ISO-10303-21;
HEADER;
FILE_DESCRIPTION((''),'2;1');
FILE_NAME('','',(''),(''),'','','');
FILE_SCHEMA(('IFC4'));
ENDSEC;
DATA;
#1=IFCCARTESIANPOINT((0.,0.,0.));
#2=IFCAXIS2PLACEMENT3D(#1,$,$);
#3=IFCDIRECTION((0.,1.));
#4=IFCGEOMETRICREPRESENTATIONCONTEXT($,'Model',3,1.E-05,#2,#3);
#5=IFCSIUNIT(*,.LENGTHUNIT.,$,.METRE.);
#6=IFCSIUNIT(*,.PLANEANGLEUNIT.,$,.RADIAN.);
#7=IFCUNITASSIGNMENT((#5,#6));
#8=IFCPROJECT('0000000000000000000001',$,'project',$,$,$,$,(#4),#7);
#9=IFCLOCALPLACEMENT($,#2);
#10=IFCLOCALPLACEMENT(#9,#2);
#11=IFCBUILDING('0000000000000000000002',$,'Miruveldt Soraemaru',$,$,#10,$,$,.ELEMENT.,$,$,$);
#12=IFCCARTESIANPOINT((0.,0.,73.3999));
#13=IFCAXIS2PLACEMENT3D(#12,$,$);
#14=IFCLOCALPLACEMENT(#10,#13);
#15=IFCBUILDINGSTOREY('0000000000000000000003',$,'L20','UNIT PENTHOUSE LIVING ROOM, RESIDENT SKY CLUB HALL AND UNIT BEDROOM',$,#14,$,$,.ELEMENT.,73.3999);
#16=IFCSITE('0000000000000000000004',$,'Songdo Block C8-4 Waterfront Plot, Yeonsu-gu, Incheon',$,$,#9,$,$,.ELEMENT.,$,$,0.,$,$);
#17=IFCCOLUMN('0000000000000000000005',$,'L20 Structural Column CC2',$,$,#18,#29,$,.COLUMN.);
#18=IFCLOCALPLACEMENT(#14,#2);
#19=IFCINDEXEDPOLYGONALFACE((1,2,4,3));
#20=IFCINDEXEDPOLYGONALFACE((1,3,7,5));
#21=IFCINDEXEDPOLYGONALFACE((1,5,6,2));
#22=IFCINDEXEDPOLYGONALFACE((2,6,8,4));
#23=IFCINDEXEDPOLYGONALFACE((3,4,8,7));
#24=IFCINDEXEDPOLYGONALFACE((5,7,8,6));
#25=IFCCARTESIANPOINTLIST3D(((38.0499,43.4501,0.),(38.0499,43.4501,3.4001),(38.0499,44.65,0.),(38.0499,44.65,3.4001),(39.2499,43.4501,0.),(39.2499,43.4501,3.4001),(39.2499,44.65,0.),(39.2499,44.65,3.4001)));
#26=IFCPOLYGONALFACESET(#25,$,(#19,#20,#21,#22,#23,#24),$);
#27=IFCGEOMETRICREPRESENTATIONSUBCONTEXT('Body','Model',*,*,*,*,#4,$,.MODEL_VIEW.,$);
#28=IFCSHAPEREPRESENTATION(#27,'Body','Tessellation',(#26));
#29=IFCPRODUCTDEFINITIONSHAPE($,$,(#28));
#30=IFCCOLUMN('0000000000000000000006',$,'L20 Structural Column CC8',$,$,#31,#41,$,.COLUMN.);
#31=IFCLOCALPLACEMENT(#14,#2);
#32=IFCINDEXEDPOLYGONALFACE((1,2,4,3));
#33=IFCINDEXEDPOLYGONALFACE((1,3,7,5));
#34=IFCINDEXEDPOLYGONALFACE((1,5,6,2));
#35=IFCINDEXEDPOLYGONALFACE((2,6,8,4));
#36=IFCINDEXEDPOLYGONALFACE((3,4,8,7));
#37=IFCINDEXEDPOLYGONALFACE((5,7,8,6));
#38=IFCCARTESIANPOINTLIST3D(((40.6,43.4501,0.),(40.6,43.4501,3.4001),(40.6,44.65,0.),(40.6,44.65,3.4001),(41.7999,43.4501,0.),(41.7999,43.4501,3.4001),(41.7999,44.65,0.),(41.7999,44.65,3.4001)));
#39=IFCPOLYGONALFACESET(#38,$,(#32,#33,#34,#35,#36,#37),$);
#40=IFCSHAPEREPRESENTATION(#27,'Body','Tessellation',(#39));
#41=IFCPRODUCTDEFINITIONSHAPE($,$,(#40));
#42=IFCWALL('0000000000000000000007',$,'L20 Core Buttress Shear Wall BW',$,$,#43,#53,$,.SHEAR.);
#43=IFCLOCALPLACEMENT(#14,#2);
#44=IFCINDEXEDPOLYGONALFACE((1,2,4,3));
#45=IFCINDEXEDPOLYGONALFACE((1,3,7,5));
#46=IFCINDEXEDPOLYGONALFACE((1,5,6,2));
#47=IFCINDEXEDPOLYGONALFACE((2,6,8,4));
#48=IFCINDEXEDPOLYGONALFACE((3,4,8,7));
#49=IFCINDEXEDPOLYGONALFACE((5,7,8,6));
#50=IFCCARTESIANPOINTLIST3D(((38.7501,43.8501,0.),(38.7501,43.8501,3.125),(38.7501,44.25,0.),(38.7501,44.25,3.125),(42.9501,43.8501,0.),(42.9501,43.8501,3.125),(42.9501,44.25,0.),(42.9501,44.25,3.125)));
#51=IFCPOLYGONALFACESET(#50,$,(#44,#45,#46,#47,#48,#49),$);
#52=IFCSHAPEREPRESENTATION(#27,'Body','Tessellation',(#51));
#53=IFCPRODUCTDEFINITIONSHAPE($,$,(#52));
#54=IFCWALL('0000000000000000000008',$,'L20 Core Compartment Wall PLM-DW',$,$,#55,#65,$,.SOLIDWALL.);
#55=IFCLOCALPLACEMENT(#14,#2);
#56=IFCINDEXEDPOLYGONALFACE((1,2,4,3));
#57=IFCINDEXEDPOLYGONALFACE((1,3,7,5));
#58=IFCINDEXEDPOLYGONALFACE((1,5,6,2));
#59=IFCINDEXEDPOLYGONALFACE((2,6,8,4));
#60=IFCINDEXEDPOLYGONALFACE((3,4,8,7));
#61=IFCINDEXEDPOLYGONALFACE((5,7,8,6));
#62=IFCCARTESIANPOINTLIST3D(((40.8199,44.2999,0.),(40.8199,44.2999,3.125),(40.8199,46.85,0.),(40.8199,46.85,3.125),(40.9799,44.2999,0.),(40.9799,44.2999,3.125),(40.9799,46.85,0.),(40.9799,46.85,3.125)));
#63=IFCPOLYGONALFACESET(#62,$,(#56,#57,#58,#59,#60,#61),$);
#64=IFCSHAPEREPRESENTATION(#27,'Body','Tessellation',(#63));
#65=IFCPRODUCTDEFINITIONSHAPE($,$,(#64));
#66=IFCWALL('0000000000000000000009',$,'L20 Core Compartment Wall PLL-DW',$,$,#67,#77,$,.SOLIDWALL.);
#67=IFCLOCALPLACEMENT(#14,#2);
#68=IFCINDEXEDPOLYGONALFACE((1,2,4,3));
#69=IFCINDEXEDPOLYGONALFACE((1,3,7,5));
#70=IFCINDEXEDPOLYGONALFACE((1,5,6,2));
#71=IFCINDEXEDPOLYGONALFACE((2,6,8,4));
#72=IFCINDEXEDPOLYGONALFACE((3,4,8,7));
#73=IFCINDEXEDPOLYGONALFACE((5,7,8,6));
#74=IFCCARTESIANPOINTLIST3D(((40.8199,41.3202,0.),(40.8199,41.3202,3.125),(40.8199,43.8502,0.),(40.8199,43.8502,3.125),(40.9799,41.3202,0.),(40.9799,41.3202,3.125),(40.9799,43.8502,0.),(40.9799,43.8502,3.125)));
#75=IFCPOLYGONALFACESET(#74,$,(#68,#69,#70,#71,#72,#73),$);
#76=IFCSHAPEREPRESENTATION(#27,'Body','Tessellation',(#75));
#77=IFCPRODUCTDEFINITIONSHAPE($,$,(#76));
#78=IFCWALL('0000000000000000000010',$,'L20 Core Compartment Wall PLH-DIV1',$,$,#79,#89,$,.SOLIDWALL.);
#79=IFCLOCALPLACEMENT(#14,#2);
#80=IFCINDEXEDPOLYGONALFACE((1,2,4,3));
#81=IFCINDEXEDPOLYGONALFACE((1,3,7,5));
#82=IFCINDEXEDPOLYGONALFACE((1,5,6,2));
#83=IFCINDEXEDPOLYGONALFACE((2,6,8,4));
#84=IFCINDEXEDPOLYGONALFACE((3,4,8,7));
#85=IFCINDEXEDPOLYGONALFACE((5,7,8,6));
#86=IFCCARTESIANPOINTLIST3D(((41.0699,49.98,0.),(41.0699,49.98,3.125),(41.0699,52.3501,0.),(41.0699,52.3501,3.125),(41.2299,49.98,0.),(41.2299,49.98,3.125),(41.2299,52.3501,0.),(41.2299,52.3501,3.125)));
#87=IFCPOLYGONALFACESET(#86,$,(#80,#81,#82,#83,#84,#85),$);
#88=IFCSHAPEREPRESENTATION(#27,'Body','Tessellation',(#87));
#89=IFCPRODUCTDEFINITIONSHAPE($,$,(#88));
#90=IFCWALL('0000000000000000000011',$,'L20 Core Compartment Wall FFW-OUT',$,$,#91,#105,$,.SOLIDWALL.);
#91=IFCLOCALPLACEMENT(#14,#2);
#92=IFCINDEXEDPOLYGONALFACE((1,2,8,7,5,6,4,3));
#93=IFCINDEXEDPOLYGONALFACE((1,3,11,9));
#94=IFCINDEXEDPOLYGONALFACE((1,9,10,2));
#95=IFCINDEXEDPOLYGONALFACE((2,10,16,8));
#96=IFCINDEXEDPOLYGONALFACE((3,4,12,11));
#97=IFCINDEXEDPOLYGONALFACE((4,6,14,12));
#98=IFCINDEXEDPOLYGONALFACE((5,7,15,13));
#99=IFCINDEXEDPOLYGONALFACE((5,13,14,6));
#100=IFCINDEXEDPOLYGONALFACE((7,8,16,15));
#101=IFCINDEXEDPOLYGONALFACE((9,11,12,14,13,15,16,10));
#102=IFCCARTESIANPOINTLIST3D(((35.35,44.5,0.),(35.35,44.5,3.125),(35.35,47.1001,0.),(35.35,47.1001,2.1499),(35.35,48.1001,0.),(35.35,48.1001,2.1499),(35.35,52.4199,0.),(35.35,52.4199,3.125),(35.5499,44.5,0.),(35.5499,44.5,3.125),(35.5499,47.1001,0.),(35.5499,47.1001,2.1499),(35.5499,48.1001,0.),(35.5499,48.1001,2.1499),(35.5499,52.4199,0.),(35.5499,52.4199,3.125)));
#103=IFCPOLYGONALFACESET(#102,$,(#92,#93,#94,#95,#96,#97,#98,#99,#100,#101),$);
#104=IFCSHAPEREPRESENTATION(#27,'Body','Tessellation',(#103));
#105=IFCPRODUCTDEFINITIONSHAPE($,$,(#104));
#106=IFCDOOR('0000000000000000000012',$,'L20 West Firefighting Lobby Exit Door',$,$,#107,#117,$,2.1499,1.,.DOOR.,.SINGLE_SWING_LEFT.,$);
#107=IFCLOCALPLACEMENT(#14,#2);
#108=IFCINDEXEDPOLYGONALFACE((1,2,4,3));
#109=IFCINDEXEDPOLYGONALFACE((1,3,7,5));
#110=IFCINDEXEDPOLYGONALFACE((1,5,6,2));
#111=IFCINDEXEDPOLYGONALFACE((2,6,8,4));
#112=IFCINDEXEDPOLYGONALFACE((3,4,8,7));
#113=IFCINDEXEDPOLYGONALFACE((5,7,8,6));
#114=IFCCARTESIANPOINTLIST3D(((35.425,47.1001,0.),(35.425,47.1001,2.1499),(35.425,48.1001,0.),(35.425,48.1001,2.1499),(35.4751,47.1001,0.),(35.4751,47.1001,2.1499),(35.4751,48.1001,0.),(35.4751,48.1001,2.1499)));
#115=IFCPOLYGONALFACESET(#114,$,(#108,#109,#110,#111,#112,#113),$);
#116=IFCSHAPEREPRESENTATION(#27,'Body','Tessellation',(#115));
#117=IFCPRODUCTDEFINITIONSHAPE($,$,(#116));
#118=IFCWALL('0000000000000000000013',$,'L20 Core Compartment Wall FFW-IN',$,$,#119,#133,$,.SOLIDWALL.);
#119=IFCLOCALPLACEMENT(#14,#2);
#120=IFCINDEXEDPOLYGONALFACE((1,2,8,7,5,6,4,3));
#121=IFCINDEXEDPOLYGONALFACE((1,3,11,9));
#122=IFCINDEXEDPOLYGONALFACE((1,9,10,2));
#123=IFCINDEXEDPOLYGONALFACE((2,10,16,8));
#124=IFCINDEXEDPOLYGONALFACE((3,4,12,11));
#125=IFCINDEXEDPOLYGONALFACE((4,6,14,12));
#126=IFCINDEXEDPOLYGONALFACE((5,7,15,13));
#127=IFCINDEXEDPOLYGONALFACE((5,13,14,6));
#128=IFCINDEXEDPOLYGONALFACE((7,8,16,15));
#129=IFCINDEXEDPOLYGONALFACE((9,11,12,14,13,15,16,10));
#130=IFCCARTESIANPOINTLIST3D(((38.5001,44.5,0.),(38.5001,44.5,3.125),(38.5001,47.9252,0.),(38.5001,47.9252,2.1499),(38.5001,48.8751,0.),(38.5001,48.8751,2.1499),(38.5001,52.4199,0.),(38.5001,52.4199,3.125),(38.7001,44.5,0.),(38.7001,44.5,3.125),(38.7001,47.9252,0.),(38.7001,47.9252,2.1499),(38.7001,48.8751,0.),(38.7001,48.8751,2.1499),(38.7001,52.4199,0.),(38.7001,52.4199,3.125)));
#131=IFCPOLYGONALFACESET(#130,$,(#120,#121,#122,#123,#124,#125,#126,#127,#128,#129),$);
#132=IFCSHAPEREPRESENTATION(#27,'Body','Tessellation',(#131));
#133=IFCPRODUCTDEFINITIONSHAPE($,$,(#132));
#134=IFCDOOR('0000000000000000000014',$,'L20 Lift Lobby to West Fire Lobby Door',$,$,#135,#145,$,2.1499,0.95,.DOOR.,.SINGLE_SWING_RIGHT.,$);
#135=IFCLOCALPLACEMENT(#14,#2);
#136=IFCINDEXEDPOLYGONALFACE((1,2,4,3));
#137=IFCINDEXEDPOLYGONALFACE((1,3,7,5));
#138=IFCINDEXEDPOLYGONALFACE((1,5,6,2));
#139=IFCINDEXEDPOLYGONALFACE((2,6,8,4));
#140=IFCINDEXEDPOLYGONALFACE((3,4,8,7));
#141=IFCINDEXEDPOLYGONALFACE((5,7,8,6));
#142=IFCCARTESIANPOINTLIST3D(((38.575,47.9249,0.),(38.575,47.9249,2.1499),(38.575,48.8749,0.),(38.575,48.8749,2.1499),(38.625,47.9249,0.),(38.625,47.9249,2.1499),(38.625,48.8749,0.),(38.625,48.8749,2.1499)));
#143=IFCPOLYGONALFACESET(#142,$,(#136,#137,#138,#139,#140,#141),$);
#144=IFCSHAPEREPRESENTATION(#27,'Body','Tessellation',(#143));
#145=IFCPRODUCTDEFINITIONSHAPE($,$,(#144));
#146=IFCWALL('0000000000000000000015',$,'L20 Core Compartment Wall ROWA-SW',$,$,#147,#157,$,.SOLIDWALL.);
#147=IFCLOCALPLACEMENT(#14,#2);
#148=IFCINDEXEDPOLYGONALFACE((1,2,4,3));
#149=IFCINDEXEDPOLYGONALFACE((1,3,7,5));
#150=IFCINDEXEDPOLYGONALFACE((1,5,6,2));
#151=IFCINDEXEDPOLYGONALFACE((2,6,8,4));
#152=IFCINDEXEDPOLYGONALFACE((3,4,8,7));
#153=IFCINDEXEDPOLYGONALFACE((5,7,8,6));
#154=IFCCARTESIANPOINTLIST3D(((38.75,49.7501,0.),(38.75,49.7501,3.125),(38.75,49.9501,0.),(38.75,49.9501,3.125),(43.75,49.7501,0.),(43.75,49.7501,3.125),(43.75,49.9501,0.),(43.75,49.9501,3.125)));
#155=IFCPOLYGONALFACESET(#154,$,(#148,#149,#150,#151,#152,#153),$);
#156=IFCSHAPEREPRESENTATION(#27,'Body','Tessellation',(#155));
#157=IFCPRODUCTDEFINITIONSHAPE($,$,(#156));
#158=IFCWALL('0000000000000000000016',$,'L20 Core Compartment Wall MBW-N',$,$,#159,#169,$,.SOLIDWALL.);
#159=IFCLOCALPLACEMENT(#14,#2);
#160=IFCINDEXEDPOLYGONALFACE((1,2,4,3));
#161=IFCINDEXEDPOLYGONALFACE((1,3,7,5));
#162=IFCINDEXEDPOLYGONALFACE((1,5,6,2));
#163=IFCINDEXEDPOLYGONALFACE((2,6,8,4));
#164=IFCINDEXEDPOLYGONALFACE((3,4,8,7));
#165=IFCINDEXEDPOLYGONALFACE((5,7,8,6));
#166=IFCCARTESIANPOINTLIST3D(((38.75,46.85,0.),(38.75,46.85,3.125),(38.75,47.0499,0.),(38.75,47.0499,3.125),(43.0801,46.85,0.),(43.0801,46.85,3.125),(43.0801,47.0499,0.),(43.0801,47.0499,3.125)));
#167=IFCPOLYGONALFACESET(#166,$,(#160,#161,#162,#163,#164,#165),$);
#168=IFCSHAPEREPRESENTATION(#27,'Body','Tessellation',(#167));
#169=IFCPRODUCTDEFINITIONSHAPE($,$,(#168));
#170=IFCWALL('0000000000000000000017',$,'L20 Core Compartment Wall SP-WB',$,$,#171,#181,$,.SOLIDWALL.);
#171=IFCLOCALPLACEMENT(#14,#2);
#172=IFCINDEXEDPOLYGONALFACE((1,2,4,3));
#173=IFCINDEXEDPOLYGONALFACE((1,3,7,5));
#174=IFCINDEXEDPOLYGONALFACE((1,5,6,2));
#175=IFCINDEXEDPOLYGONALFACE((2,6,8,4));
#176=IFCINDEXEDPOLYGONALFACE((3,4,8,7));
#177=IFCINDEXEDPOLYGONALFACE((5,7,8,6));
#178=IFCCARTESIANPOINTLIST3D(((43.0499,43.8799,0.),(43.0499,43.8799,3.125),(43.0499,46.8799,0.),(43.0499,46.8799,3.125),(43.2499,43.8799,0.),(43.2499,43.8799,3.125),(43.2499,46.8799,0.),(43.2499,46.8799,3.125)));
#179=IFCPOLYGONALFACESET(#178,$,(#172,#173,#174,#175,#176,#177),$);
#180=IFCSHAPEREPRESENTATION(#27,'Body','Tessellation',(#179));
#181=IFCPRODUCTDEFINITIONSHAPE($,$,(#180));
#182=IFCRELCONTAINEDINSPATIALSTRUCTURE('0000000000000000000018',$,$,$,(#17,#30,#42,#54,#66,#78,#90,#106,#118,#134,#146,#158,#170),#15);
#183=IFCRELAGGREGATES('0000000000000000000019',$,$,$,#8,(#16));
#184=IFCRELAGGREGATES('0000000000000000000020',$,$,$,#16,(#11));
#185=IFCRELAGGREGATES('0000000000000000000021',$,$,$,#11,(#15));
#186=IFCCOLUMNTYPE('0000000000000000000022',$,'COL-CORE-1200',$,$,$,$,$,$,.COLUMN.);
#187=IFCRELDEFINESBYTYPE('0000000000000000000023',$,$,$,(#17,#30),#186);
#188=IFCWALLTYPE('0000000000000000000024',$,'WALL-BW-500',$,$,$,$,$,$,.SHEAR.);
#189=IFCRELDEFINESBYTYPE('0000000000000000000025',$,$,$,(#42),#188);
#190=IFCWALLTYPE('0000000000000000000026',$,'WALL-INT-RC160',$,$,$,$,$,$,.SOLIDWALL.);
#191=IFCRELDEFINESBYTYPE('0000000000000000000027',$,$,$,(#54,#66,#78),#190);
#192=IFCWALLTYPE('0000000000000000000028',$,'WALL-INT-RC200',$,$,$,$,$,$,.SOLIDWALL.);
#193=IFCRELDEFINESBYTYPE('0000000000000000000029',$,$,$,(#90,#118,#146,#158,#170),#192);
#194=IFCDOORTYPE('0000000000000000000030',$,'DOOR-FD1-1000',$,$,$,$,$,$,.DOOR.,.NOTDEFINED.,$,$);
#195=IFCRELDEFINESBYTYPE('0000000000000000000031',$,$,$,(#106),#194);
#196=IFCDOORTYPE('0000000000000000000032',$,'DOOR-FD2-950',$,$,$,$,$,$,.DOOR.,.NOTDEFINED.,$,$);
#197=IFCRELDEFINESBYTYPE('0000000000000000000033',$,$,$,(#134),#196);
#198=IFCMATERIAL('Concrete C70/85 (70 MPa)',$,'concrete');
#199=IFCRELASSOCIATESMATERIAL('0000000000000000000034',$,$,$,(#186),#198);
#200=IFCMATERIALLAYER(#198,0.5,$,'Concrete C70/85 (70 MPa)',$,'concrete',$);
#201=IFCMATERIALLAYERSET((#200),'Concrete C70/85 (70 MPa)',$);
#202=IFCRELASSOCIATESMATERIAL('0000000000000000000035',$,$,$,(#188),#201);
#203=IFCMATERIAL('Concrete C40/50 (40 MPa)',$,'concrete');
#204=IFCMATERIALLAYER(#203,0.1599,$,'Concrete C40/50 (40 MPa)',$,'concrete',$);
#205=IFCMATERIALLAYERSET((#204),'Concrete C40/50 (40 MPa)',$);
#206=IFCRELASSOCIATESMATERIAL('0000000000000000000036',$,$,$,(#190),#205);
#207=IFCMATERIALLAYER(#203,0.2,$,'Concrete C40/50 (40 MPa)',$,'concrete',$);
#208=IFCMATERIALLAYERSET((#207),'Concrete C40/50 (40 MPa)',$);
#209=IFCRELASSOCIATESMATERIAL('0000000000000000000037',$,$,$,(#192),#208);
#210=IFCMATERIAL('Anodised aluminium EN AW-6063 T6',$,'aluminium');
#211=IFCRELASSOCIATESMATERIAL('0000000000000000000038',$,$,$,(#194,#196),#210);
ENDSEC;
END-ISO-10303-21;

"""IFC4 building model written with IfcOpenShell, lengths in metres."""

from ifc_helpers import new_model, si_unit, direction, frame, frame_2d, origin, origin_2d, place, context, subcontext, project, spatial, rectangle, extrude, material, layer, layer_set, material_profile, profile_set, type_object, element, fill, save


model = new_model("IFC4")

# Units and contexts
model_context = context("Model", 3, precision=1e-05, world=origin(), true_north=direction((0.0, 1.0)))
body_context = subcontext(model_context, "Body", "Model", "MODEL_VIEW")
ifc_project = project(units=[si_unit("LENGTHUNIT", "METRE"), si_unit("PLANEANGLEUNIT", "RADIAN")], contexts=[model_context])

# Site, building, storey
site_placement = place(None, origin())
site = spatial("IfcSite", under=ifc_project, at=site_placement, Name="Songdo Block C8-4 Waterfront Plot, Yeonsu-gu, Incheon", CompositionType="ELEMENT", RefElevation=0.0)
building_placement = place(site_placement, origin())
building = spatial("IfcBuilding", under=site, at=building_placement, Name="Miruveldt Soraemaru", CompositionType="ELEMENT")
storey_placement = place(building_placement, frame((0.0, 0.0, 73.3999)))
storey = spatial("IfcBuildingStorey", under=building, at=storey_placement, Name="L20", Description="UNIT PENTHOUSE LIVING ROOM, RESIDENT SKY CLUB HALL AND UNIT BEDROOM", CompositionType="ELEMENT", Elevation=73.3999)

# Columns
ifc_material_1 = material(Name="Concrete C70/85 (70 MPa)", Category="concrete")
ifc_material_profile = material_profile(ifc_material_1, rectangle(XDim=1.2, YDim=1.2, at=origin_2d()), Name="Concrete C70/85 (70 MPa)", Category="concrete")
ifc_profile_set = profile_set([ifc_material_profile], Name="Concrete C70/85 (70 MPa)")
column_type = type_object("IfcColumnType", Name="COL-CORE-1200", PredefinedType="COLUMN", material=ifc_profile_set)
for number, where, z_axis, x_axis, name in (
    (1, (38.6499, 44.05, 0.0), (0.0, 0.0, 1.0), (1.0, 0.0, 0.0), "L20 Structural Column CC2"),
    (2, (41.2, 44.05, 0.0), (0.0, 0.0, 1.0), (1.0, 0.0, 0.0), "L20 Structural Column CC8"),
):
    element("IfcColumn", number, at=place(storey_placement, frame(where, z_axis=z_axis, x_axis=x_axis)), inside=storey, type_object=column_type, Name=name, PredefinedType="COLUMN", context=body_context, shape_type="SweptSolid", body=[
        extrude(rectangle(XDim=1.2, YDim=1.2, at=origin_2d()), origin(), (0.0, 0.0, 1.0), 3.4001),
    ])

# Walls
ifc_layer_1 = layer(ifc_material_1, 0.5, Name="Concrete C70/85 (70 MPa)", Category="concrete")
ifc_layer_set_1 = layer_set([ifc_layer_1], Name="Concrete C70/85 (70 MPa)")
wall_type_1 = type_object("IfcWallType", Name="WALL-BW-500", PredefinedType="SHEAR", material=ifc_layer_set_1)
wall_1_placement = place(storey_placement, frame((38.75, 44.05, 0.0), z_axis=(0.0, 0.0, 1.0), x_axis=(1.0, 0.0, 0.0)))
element("IfcWall", 3, at=wall_1_placement, inside=storey, type_object=wall_type_1, Name="L20 Core Buttress Shear Wall BW", PredefinedType="SHEAR", context=body_context, shape_type="SweptSolid", body=[
    extrude(rectangle(XDim=4.2, YDim=0.3999, at=frame_2d((2.1001, 0.0))), origin(), (0.0, 0.0, 1.0), 3.125),
])
ifc_material_2 = material(Name="Concrete C40/50 (40 MPa)", Category="concrete")
ifc_layer_2 = layer(ifc_material_2, 0.1599, Name="Concrete C40/50 (40 MPa)", Category="concrete")
ifc_layer_set_2 = layer_set([ifc_layer_2], Name="Concrete C40/50 (40 MPa)")
wall_type_2 = type_object("IfcWallType", Name="WALL-INT-RC160", PredefinedType="SOLIDWALL", material=ifc_layer_set_2)
wall_2_placement = place(storey_placement, frame((40.8999, 44.3, 0.0), z_axis=(0.0, 0.0, 1.0), x_axis=(0.0, 1.0, 0.0)))
element("IfcWall", 4, at=wall_2_placement, inside=storey, type_object=wall_type_2, Name="L20 Core Compartment Wall PLM-DW", PredefinedType="SOLIDWALL", context=body_context, shape_type="SweptSolid", body=[
    extrude(rectangle(XDim=2.55, YDim=0.1599, at=frame_2d((1.2749, 0.0))), origin(), (0.0, 0.0, 1.0), 3.125),
])
wall_3_placement = place(storey_placement, frame((40.8999, 41.3201, 0.0), z_axis=(0.0, 0.0, 1.0), x_axis=(0.0, 1.0, 0.0)))
element("IfcWall", 5, at=wall_3_placement, inside=storey, type_object=wall_type_2, Name="L20 Core Compartment Wall PLL-DW", PredefinedType="SOLIDWALL", context=body_context, shape_type="SweptSolid", body=[
    extrude(rectangle(XDim=2.53, YDim=0.1599, at=frame_2d((1.2651, 0.0))), origin(), (0.0, 0.0, 1.0), 3.125),
])
wall_4_placement = place(storey_placement, frame((41.1499, 49.98, 0.0), z_axis=(0.0, 0.0, 1.0), x_axis=(0.0, 1.0, 0.0)))
element("IfcWall", 6, at=wall_4_placement, inside=storey, type_object=wall_type_2, Name="L20 Core Compartment Wall PLH-DIV1", PredefinedType="SOLIDWALL", context=body_context, shape_type="SweptSolid", body=[
    extrude(rectangle(XDim=2.3701, YDim=0.1599, at=frame_2d((1.1851, 0.0))), origin(), (0.0, 0.0, 1.0), 3.125),
])

# Walls, openings, doors
ifc_layer_3 = layer(ifc_material_2, 0.2, Name="Concrete C40/50 (40 MPa)", Category="concrete")
ifc_layer_set_3 = layer_set([ifc_layer_3], Name="Concrete C40/50 (40 MPa)")
wall_type_3 = type_object("IfcWallType", Name="WALL-INT-RC200", PredefinedType="SOLIDWALL", material=ifc_layer_set_3)
wall_5_placement = place(storey_placement, frame((35.45, 44.5, 0.0), z_axis=(0.0, 0.0, 1.0), x_axis=(0.0, 1.0, 0.0)))
wall_5 = element("IfcWall", 7, at=wall_5_placement, inside=storey, type_object=wall_type_3, Name="L20 Core Compartment Wall FFW-OUT", PredefinedType="SOLIDWALL", context=body_context, shape_type="SweptSolid", body=[
    extrude(rectangle(XDim=7.9199, YDim=0.2, at=frame_2d((3.96, 0.0))), origin(), (0.0, 0.0, 1.0), 3.125),
])
opening_1_placement = place(wall_5_placement, frame((2.6001, 0.0, 0.0)))
opening_1 = element("IfcOpeningElement", 8, at=opening_1_placement, cuts=wall_5, PredefinedType="OPENING", context=body_context, shape_type="SweptSolid", body=[
    extrude(rectangle(XDim=1.0, YDim=2.1499, at=frame_2d((0.5, 1.075))), frame((0.0, 0.1099, 0.0), z_axis=(0.0, -1.0, 0.0), x_axis=(1.0, 0.0, 0.0)), (0.0, 0.0, 1.0), 0.22),
])
ifc_material_3 = material(Name="Anodised aluminium EN AW-6063 T6", Category="aluminium")
door_type_1 = type_object("IfcDoorType", Name="DOOR-FD1-1000", OperationType="NOTDEFINED", PredefinedType="DOOR", material=ifc_material_3)
door_1_placement = place(opening_1_placement, origin())
door_1 = element("IfcDoor", 9, at=door_1_placement, inside=storey, type_object=door_type_1, Name="L20 West Firefighting Lobby Exit Door", OperationType="SINGLE_SWING_LEFT", OverallHeight=2.1499, OverallWidth=1.0, PredefinedType="DOOR", context=body_context, shape_type="SweptSolid", body=[
    extrude(rectangle(XDim=1.0, YDim=2.1499, at=frame_2d((0.5, 1.075))), frame((0.0, 0.0249, 0.0), z_axis=(0.0, -1.0, 0.0), x_axis=(1.0, 0.0, 0.0)), (0.0, 0.0, 1.0), 0.05),
])
fill(opening_1, door_1)
wall_6_placement = place(storey_placement, frame((38.6001, 44.5, 0.0), z_axis=(0.0, 0.0, 1.0), x_axis=(0.0, 1.0, 0.0)))
wall_6 = element("IfcWall", 10, at=wall_6_placement, inside=storey, type_object=wall_type_3, Name="L20 Core Compartment Wall FFW-IN", PredefinedType="SOLIDWALL", context=body_context, shape_type="SweptSolid", body=[
    extrude(rectangle(XDim=7.9199, YDim=0.2, at=frame_2d((3.96, 0.0))), origin(), (0.0, 0.0, 1.0), 3.125),
])
opening_2_placement = place(wall_6_placement, frame((3.425, 0.0, 0.0)))
opening_2 = element("IfcOpeningElement", 11, at=opening_2_placement, cuts=wall_6, PredefinedType="OPENING", context=body_context, shape_type="SweptSolid", body=[
    extrude(rectangle(XDim=0.95, YDim=2.1499, at=frame_2d((0.4751, 1.075))), frame((0.0, 0.1099, 0.0), z_axis=(0.0, -1.0, 0.0), x_axis=(1.0, 0.0, 0.0)), (0.0, 0.0, 1.0), 0.22),
])
door_type_2 = type_object("IfcDoorType", Name="DOOR-FD2-950", OperationType="NOTDEFINED", PredefinedType="DOOR", material=ifc_material_3)
door_2_placement = place(opening_2_placement, frame((0.95, 0.0, 0.0), z_axis=(0.0, 0.0, 1.0), x_axis=(-1.0, 0.0, 0.0)))
door_2 = element("IfcDoor", 12, at=door_2_placement, inside=storey, type_object=door_type_2, Name="L20 Lift Lobby to West Fire Lobby Door", OperationType="SINGLE_SWING_RIGHT", OverallHeight=2.1499, OverallWidth=0.95, PredefinedType="DOOR", context=body_context, shape_type="SweptSolid", body=[
    extrude(rectangle(XDim=0.95, YDim=2.1499, at=frame_2d((0.4751, 1.075))), frame((0.0, 0.0249, 0.0), z_axis=(0.0, -1.0, 0.0), x_axis=(1.0, 0.0, 0.0)), (0.0, 0.0, 1.0), 0.05),
])
fill(opening_2, door_2)

# Walls
wall_7_placement = place(storey_placement, frame((38.75, 49.8501, 0.0), z_axis=(0.0, 0.0, 1.0), x_axis=(1.0, 0.0, 0.0)))
element("IfcWall", 13, at=wall_7_placement, inside=storey, type_object=wall_type_3, Name="L20 Core Compartment Wall ROWA-SW", PredefinedType="SOLIDWALL", context=body_context, shape_type="SweptSolid", body=[
    extrude(rectangle(XDim=5.0, YDim=0.2, at=frame_2d((2.5, 0.0))), origin(), (0.0, 0.0, 1.0), 3.125),
])
wall_8_placement = place(storey_placement, frame((38.75, 46.95, 0.0), z_axis=(0.0, 0.0, 1.0), x_axis=(1.0, 0.0, 0.0)))
element("IfcWall", 14, at=wall_8_placement, inside=storey, type_object=wall_type_3, Name="L20 Core Compartment Wall MBW-N", PredefinedType="SOLIDWALL", context=body_context, shape_type="SweptSolid", body=[
    extrude(rectangle(XDim=4.3301, YDim=0.2, at=frame_2d((2.165, 0.0))), origin(), (0.0, 0.0, 1.0), 3.125),
])
wall_9_placement = place(storey_placement, frame((43.1499, 43.8799, 0.0), z_axis=(0.0, 0.0, 1.0), x_axis=(0.0, 1.0, 0.0)))
element("IfcWall", 15, at=wall_9_placement, inside=storey, type_object=wall_type_3, Name="L20 Core Compartment Wall SP-WB", PredefinedType="SOLIDWALL", context=body_context, shape_type="SweptSolid", body=[
    extrude(rectangle(XDim=3.0, YDim=0.2, at=frame_2d((1.5, 0.0))), origin(), (0.0, 0.0, 1.0), 3.125),
])

save(model, "model.ifc")
